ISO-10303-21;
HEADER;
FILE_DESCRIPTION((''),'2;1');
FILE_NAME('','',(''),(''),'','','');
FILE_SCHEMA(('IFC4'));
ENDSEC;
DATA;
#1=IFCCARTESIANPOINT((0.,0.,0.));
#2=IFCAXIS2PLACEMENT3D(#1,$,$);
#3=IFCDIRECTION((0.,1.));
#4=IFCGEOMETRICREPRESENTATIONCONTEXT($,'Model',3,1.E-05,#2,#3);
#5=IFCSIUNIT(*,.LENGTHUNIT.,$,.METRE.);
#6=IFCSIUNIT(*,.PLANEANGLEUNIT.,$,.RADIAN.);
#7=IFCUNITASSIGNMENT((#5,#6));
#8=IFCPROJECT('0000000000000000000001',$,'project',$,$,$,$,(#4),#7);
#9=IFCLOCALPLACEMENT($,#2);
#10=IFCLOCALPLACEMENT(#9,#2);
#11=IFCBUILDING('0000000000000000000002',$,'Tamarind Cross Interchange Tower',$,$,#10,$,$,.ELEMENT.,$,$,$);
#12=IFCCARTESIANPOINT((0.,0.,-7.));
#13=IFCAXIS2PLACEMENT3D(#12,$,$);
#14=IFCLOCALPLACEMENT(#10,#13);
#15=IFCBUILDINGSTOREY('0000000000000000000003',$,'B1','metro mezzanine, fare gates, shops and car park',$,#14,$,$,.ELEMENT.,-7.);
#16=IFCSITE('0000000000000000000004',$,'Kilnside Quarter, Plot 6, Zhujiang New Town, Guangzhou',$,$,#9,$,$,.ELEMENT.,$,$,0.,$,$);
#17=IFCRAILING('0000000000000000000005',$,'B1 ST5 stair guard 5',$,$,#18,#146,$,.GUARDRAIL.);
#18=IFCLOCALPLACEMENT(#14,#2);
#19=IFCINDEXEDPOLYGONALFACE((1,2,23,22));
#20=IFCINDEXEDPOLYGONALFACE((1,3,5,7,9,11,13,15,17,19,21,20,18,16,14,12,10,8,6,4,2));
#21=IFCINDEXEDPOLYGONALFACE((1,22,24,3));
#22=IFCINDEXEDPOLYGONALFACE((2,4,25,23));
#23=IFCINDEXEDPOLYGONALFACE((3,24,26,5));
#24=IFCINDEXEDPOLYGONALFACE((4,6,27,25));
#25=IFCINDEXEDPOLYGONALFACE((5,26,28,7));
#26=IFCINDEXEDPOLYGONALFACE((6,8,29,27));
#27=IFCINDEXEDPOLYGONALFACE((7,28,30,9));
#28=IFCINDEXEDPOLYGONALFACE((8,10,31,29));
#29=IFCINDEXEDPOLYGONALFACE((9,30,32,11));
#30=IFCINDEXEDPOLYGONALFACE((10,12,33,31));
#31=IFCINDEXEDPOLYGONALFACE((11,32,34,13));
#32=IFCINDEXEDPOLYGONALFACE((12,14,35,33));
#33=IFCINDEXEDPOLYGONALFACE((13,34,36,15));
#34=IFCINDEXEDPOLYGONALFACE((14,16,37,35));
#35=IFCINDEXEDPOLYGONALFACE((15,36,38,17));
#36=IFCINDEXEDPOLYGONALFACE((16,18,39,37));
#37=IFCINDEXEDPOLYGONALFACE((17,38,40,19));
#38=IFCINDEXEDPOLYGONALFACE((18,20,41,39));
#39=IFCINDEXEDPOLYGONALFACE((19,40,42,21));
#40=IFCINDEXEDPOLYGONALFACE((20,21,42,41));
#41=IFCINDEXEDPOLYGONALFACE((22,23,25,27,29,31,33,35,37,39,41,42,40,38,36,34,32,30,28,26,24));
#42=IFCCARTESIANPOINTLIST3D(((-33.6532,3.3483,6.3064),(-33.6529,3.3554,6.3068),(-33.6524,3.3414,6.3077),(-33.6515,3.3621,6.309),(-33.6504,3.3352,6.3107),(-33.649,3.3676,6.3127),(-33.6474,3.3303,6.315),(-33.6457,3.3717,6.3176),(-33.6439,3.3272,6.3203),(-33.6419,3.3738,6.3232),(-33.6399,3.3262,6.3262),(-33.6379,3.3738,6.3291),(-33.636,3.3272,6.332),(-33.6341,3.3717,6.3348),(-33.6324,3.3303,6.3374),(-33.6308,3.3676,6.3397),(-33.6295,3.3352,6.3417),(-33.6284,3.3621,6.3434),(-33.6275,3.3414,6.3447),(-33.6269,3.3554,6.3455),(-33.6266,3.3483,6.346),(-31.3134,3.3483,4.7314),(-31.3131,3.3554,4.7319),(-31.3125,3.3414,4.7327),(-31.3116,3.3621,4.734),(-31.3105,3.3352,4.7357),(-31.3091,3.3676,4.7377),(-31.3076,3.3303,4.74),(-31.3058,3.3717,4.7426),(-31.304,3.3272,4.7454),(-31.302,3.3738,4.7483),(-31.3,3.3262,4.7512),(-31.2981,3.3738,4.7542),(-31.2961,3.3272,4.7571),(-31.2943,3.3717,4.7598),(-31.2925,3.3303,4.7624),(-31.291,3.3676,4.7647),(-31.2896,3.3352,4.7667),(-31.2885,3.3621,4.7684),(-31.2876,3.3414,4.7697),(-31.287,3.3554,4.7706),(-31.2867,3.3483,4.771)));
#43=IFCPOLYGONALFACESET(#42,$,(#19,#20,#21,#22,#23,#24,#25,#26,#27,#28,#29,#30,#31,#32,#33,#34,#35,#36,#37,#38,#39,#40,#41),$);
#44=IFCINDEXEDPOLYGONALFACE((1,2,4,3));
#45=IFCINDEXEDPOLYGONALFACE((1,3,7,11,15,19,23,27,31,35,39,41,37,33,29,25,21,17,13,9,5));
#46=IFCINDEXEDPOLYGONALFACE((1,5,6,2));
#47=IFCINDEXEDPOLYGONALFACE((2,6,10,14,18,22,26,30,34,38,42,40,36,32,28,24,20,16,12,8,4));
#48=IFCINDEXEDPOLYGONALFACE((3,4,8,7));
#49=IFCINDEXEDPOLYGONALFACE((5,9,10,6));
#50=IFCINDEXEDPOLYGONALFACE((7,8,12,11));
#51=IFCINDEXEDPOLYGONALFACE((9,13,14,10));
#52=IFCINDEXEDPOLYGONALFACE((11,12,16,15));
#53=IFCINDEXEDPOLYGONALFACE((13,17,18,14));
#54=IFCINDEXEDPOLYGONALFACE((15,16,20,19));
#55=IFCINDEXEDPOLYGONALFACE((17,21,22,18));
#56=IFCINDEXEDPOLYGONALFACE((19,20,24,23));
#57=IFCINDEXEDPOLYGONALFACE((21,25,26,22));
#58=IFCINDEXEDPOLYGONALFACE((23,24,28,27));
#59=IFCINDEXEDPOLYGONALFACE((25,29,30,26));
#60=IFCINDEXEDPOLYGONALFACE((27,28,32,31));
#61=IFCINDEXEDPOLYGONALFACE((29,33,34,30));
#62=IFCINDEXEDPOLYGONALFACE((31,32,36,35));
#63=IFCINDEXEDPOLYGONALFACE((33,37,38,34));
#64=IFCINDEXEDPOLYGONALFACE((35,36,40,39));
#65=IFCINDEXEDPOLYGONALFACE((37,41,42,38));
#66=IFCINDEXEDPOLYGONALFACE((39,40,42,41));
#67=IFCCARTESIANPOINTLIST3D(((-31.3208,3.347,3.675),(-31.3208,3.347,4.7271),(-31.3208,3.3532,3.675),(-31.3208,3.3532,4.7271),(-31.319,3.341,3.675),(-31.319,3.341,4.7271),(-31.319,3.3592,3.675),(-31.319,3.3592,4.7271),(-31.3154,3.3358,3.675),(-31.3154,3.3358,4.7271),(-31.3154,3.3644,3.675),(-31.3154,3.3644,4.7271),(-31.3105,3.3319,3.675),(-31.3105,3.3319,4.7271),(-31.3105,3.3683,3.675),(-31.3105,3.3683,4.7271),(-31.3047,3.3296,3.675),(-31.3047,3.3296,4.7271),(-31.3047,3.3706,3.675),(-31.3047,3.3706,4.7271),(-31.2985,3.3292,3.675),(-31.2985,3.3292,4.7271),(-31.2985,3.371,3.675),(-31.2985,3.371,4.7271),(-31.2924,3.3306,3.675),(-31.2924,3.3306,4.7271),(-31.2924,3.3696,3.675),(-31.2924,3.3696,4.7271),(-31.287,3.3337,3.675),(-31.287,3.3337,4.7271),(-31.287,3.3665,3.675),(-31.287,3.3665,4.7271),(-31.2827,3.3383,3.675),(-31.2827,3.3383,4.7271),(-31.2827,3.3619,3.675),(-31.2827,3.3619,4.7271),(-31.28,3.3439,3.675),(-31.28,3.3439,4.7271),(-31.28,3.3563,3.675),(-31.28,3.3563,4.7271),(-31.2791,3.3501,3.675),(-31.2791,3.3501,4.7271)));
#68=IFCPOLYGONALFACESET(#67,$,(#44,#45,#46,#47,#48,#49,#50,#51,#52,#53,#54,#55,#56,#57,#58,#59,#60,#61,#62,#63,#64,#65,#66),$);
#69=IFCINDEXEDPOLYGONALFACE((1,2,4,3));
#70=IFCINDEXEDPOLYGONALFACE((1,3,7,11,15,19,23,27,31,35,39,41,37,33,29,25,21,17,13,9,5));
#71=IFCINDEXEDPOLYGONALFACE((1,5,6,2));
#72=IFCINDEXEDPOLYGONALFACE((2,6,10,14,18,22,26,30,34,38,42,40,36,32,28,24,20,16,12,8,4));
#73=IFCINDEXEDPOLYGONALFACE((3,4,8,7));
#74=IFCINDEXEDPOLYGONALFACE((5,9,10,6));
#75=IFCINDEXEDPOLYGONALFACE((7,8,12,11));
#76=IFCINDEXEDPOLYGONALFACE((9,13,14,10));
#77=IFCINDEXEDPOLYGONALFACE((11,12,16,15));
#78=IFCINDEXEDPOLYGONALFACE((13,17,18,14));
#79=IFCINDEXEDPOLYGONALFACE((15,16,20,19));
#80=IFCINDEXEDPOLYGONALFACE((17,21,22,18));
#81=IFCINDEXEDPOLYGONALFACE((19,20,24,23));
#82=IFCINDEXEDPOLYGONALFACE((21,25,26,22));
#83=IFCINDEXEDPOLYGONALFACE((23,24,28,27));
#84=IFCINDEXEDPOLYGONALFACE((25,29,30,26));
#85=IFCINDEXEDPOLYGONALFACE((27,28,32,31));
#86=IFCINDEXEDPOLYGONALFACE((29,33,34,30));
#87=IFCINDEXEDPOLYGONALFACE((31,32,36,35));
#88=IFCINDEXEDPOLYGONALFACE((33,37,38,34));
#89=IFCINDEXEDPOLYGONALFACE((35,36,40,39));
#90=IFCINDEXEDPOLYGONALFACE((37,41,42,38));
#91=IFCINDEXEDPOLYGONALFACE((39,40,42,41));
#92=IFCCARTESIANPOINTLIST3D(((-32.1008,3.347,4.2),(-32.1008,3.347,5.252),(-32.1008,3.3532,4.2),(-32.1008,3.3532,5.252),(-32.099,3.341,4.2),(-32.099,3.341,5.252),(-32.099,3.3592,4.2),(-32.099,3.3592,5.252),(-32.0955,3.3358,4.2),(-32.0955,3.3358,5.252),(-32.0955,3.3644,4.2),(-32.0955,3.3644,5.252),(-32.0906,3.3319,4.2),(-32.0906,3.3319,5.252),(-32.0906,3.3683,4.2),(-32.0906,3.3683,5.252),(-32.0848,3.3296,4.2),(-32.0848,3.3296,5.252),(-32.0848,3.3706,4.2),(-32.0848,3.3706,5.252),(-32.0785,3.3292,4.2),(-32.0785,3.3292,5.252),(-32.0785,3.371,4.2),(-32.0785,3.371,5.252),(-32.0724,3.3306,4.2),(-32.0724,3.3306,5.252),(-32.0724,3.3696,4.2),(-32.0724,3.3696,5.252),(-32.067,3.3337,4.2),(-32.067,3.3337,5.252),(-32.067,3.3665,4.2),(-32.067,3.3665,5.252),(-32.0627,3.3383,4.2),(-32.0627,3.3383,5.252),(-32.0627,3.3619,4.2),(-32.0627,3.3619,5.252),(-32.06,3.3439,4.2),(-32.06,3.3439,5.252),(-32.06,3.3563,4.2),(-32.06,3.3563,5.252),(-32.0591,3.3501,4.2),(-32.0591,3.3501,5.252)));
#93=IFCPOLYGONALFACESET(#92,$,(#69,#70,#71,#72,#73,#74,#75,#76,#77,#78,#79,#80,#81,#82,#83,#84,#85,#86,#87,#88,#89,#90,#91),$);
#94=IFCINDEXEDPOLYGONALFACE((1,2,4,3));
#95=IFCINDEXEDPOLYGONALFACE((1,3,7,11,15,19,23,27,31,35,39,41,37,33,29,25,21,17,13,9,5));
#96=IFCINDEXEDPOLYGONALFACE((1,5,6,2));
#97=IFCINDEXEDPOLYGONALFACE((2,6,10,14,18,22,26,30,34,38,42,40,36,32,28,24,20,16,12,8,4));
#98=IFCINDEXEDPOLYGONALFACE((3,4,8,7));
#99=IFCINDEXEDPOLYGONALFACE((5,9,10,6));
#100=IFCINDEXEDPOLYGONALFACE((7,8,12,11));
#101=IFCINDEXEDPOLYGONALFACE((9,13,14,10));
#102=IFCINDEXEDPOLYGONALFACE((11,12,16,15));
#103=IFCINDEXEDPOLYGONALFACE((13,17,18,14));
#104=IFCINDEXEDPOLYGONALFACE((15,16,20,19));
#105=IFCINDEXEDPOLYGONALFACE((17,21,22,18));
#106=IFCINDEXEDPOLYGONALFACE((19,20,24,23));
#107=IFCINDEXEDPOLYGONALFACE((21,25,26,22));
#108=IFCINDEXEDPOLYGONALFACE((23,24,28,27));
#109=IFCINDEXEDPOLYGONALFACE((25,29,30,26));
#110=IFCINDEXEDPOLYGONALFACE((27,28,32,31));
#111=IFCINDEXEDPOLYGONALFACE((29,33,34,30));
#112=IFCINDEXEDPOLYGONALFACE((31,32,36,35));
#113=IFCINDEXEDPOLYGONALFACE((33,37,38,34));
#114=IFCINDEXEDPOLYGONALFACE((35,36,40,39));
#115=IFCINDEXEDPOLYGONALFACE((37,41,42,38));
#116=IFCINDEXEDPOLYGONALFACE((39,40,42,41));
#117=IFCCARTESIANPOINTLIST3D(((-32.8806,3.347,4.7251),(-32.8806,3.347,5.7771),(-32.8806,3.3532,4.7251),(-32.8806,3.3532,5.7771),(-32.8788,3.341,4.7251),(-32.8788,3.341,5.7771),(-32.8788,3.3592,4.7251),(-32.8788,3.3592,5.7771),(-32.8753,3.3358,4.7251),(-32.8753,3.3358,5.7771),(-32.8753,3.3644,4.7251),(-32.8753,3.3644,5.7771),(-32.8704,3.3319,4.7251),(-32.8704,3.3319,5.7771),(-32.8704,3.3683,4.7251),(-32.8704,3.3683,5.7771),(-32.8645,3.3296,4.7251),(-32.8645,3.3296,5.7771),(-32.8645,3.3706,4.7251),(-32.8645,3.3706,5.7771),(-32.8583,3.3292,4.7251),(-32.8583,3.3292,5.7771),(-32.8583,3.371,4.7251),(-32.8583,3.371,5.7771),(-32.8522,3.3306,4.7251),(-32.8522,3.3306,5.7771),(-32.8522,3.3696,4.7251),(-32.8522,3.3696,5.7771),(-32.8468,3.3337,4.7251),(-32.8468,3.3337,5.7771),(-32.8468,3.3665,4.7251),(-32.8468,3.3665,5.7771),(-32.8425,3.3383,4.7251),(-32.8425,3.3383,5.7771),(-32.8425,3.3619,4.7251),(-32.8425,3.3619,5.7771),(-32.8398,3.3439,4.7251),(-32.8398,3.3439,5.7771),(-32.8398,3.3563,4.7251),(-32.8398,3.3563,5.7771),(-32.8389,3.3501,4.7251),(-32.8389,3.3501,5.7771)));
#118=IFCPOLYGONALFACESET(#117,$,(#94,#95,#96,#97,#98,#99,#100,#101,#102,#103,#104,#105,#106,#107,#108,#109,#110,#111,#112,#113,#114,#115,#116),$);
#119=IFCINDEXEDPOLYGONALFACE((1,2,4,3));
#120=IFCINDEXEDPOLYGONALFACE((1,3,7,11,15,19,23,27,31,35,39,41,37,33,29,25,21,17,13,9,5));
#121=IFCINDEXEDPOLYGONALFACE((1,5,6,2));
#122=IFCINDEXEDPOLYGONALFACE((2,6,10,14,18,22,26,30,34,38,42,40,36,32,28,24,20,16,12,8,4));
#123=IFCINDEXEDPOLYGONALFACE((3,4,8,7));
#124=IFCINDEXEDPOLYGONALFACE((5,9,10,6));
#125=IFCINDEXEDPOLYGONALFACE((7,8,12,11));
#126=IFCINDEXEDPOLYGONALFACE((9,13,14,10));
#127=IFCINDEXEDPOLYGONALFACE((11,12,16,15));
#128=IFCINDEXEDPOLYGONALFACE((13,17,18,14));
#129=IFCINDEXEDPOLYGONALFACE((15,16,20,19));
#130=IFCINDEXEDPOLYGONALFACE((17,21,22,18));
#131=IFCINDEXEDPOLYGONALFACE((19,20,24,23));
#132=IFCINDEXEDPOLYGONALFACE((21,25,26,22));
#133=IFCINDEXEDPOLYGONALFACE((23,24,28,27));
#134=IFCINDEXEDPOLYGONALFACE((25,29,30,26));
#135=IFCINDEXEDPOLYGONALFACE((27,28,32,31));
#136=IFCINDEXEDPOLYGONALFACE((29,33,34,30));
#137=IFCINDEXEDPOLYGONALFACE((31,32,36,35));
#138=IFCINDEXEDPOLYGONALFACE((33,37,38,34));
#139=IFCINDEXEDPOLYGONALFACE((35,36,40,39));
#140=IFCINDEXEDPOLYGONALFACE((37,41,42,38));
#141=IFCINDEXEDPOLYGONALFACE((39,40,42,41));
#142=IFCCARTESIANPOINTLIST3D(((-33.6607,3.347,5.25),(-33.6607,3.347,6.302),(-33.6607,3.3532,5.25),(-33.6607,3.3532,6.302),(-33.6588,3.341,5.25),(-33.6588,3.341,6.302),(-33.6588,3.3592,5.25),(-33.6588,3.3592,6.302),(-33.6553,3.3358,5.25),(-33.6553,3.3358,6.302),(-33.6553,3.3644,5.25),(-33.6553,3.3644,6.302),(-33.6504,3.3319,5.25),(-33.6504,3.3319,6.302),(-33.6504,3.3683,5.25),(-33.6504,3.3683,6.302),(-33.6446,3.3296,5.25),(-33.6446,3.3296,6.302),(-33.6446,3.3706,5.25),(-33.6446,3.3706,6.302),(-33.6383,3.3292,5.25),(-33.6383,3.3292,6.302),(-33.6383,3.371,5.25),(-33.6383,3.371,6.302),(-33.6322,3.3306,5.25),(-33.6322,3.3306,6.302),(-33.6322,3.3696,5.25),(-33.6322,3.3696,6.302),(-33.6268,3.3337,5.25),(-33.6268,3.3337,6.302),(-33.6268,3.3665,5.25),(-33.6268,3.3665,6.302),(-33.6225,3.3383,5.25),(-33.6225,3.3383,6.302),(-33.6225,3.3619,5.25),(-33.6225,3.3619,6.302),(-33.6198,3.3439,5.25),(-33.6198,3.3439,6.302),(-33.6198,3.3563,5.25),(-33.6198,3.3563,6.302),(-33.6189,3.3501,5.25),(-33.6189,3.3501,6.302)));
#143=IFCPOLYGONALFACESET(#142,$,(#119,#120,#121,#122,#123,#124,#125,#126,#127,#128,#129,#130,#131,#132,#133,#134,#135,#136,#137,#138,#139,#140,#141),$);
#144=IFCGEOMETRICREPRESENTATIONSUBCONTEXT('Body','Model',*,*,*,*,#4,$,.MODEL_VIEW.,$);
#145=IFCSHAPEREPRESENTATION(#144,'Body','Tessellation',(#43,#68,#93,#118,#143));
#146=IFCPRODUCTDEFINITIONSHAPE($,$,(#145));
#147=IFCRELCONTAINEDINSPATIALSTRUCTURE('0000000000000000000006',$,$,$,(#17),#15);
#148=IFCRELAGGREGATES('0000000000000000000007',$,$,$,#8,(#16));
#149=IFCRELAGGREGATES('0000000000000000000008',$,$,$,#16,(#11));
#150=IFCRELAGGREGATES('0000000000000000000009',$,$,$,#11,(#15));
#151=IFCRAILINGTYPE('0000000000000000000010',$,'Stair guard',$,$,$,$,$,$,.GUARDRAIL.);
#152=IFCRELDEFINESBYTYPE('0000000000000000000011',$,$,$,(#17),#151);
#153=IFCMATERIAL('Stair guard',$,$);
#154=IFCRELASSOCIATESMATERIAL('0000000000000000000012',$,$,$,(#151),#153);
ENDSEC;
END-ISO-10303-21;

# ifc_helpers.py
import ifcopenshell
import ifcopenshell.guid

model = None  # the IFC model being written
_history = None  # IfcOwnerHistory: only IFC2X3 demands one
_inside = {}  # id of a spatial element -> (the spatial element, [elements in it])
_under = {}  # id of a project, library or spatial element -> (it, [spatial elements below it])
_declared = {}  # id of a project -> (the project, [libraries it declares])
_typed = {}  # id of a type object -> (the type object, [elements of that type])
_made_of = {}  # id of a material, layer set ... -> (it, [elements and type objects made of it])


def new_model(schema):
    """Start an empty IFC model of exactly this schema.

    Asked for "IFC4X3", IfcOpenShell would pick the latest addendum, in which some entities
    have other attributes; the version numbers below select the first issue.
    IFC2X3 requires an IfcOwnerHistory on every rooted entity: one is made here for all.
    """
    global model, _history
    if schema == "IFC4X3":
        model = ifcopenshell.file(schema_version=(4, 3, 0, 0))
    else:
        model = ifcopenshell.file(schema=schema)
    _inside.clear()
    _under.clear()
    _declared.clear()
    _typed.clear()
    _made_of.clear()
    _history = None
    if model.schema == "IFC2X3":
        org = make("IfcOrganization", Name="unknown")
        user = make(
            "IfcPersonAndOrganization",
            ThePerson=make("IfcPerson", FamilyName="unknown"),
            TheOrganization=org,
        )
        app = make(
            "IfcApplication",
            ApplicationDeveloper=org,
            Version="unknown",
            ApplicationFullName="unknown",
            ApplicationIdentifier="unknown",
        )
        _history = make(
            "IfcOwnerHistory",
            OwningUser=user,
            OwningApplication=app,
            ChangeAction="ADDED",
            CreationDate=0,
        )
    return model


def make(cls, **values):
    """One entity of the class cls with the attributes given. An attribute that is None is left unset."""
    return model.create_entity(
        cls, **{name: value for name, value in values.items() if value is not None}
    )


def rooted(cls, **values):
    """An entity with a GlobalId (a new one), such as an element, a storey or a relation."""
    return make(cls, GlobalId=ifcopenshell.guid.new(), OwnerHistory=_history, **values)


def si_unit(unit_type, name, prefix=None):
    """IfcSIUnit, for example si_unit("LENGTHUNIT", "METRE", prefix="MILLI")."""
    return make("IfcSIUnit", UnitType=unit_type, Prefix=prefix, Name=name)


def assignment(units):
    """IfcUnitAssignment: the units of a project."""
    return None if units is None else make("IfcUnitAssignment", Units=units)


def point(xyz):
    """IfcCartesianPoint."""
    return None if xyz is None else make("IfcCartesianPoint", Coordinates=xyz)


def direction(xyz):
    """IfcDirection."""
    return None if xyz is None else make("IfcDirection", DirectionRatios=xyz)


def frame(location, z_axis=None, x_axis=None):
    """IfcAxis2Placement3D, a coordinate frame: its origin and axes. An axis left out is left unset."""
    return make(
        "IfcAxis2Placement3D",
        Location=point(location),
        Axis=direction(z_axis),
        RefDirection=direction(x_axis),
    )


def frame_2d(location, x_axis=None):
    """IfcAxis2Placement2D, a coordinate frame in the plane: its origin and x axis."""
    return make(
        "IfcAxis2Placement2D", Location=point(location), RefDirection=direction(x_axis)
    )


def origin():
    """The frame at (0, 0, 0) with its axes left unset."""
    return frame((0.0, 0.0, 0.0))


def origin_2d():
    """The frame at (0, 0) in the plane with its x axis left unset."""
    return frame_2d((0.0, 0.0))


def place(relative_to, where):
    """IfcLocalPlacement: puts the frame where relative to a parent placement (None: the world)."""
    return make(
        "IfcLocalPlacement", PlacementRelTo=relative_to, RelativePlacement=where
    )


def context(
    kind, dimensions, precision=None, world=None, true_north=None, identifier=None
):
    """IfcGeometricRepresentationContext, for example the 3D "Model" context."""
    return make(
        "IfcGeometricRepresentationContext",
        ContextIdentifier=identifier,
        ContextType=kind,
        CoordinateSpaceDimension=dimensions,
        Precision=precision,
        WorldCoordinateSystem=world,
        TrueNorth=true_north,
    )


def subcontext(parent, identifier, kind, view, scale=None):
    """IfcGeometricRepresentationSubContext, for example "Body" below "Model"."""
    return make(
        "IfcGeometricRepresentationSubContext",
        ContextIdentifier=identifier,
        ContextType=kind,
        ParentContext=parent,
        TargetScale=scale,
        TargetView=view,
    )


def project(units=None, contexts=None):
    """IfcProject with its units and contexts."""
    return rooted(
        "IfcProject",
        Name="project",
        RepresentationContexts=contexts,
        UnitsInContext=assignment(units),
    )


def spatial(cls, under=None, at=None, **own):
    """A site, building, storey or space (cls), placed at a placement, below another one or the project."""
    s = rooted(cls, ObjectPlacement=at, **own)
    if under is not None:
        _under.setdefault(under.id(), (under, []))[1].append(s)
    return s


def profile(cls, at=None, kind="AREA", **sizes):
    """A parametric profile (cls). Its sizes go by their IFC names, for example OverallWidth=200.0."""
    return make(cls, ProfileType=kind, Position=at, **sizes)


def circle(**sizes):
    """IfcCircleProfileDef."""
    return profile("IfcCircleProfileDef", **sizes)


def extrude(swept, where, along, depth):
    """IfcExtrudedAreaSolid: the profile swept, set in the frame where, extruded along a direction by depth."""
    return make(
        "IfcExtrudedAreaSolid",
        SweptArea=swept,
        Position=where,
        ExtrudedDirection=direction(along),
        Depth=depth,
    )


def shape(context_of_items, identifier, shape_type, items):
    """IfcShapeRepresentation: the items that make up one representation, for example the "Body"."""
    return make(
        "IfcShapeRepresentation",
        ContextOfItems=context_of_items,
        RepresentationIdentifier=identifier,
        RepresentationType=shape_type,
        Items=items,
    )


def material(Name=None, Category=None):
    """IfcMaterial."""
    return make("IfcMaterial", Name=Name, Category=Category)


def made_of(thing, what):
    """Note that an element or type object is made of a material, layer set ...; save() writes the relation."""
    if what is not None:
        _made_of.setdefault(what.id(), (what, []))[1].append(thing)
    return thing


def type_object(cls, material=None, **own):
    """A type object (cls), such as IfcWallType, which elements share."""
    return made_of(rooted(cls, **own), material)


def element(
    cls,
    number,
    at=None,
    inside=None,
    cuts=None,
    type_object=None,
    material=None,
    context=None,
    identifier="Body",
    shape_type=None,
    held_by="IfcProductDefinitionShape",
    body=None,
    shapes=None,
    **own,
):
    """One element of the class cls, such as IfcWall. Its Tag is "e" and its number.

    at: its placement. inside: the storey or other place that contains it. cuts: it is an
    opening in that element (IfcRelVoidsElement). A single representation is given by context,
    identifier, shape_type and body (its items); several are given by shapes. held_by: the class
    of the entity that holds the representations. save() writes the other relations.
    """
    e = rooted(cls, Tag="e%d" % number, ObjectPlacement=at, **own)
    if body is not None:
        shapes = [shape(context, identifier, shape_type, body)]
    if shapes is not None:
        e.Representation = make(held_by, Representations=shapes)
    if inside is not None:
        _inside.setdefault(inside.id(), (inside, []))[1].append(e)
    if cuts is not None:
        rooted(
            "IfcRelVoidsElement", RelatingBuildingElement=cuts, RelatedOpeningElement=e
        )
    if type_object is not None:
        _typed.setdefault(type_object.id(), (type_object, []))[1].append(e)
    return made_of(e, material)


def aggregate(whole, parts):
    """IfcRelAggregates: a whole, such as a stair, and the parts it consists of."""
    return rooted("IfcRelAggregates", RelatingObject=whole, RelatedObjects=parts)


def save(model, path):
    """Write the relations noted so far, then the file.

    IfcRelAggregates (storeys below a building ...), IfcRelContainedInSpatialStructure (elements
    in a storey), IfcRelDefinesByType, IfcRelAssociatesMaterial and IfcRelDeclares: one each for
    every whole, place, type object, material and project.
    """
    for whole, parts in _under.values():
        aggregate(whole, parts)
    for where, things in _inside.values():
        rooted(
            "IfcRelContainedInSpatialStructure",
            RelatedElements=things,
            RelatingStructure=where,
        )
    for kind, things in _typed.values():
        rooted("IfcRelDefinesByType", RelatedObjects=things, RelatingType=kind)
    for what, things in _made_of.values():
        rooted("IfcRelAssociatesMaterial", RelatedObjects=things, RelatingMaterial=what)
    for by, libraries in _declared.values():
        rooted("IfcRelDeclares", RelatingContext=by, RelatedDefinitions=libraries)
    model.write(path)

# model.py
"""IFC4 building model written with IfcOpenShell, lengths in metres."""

from ifc_helpers import new_model, si_unit, direction, frame, origin, origin_2d, place, context, subcontext, project, spatial, circle, extrude, material, type_object, element, save


model = new_model("IFC4")

# Units and contexts
model_context = context("Model", 3, precision=1e-05, world=origin(), true_north=direction((0.0, 1.0)))
body_context = subcontext(model_context, "Body", "Model", "MODEL_VIEW")
ifc_project = project(units=[si_unit("LENGTHUNIT", "METRE"), si_unit("PLANEANGLEUNIT", "RADIAN")], contexts=[model_context])

# Site, building, storey
site_placement = place(None, origin())
site = spatial("IfcSite", under=ifc_project, at=site_placement, Name="Kilnside Quarter, Plot 6, Zhujiang New Town, Guangzhou", CompositionType="ELEMENT", RefElevation=0.0)
building_placement = place(site_placement, origin())
building = spatial("IfcBuilding", under=site, at=building_placement, Name="Tamarind Cross Interchange Tower", CompositionType="ELEMENT")
storey_placement = place(building_placement, frame((0.0, 0.0, -7.0)))
storey = spatial("IfcBuildingStorey", under=building, at=storey_placement, Name="B1", Description="metro mezzanine, fare gates, shops and car park", CompositionType="ELEMENT", Elevation=-7.0)

# Railing
ifc_material_1 = material(Name="Stair guard")
railing_type_1 = type_object("IfcRailingType", Name="Stair guard", PredefinedType="GUARDRAIL", material=ifc_material_1)
railing_1_placement = place(storey_placement, frame((-31.3, 3.3501, 3.675)))
element("IfcRailing", 1, at=railing_1_placement, inside=storey, type_object=railing_type_1, Name="B1 ST5 stair guard 5", PredefinedType="GUARDRAIL", context=body_context, shape_type="SweptSolid", body=[
    extrude(circle(Radius=0.0239, at=origin_2d()), frame((0.0, 0.0, 1.0762), z_axis=(-0.829578, 0.0, 0.55839), x_axis=(0.0, -1.0, 0.0)), (0.0, 0.0, 1.0), 2.8206),
    extrude(circle(Radius=0.021, at=origin_2d()), origin(), (0.0, 0.0, 1.0), 1.052),
    extrude(circle(Radius=0.021, at=origin_2d()), frame((-0.78, 0.0, 0.5249)), (0.0, 0.0, 1.0), 1.052),
    extrude(circle(Radius=0.021, at=origin_2d()), frame((-1.5598, 0.0, 1.05)), (0.0, 0.0, 1.0), 1.052),
    extrude(circle(Radius=0.021, at=origin_2d()), frame((-2.3398, 0.0, 1.575)), (0.0, 0.0, 1.0), 1.052),
])

save(model, "model.ifc")
